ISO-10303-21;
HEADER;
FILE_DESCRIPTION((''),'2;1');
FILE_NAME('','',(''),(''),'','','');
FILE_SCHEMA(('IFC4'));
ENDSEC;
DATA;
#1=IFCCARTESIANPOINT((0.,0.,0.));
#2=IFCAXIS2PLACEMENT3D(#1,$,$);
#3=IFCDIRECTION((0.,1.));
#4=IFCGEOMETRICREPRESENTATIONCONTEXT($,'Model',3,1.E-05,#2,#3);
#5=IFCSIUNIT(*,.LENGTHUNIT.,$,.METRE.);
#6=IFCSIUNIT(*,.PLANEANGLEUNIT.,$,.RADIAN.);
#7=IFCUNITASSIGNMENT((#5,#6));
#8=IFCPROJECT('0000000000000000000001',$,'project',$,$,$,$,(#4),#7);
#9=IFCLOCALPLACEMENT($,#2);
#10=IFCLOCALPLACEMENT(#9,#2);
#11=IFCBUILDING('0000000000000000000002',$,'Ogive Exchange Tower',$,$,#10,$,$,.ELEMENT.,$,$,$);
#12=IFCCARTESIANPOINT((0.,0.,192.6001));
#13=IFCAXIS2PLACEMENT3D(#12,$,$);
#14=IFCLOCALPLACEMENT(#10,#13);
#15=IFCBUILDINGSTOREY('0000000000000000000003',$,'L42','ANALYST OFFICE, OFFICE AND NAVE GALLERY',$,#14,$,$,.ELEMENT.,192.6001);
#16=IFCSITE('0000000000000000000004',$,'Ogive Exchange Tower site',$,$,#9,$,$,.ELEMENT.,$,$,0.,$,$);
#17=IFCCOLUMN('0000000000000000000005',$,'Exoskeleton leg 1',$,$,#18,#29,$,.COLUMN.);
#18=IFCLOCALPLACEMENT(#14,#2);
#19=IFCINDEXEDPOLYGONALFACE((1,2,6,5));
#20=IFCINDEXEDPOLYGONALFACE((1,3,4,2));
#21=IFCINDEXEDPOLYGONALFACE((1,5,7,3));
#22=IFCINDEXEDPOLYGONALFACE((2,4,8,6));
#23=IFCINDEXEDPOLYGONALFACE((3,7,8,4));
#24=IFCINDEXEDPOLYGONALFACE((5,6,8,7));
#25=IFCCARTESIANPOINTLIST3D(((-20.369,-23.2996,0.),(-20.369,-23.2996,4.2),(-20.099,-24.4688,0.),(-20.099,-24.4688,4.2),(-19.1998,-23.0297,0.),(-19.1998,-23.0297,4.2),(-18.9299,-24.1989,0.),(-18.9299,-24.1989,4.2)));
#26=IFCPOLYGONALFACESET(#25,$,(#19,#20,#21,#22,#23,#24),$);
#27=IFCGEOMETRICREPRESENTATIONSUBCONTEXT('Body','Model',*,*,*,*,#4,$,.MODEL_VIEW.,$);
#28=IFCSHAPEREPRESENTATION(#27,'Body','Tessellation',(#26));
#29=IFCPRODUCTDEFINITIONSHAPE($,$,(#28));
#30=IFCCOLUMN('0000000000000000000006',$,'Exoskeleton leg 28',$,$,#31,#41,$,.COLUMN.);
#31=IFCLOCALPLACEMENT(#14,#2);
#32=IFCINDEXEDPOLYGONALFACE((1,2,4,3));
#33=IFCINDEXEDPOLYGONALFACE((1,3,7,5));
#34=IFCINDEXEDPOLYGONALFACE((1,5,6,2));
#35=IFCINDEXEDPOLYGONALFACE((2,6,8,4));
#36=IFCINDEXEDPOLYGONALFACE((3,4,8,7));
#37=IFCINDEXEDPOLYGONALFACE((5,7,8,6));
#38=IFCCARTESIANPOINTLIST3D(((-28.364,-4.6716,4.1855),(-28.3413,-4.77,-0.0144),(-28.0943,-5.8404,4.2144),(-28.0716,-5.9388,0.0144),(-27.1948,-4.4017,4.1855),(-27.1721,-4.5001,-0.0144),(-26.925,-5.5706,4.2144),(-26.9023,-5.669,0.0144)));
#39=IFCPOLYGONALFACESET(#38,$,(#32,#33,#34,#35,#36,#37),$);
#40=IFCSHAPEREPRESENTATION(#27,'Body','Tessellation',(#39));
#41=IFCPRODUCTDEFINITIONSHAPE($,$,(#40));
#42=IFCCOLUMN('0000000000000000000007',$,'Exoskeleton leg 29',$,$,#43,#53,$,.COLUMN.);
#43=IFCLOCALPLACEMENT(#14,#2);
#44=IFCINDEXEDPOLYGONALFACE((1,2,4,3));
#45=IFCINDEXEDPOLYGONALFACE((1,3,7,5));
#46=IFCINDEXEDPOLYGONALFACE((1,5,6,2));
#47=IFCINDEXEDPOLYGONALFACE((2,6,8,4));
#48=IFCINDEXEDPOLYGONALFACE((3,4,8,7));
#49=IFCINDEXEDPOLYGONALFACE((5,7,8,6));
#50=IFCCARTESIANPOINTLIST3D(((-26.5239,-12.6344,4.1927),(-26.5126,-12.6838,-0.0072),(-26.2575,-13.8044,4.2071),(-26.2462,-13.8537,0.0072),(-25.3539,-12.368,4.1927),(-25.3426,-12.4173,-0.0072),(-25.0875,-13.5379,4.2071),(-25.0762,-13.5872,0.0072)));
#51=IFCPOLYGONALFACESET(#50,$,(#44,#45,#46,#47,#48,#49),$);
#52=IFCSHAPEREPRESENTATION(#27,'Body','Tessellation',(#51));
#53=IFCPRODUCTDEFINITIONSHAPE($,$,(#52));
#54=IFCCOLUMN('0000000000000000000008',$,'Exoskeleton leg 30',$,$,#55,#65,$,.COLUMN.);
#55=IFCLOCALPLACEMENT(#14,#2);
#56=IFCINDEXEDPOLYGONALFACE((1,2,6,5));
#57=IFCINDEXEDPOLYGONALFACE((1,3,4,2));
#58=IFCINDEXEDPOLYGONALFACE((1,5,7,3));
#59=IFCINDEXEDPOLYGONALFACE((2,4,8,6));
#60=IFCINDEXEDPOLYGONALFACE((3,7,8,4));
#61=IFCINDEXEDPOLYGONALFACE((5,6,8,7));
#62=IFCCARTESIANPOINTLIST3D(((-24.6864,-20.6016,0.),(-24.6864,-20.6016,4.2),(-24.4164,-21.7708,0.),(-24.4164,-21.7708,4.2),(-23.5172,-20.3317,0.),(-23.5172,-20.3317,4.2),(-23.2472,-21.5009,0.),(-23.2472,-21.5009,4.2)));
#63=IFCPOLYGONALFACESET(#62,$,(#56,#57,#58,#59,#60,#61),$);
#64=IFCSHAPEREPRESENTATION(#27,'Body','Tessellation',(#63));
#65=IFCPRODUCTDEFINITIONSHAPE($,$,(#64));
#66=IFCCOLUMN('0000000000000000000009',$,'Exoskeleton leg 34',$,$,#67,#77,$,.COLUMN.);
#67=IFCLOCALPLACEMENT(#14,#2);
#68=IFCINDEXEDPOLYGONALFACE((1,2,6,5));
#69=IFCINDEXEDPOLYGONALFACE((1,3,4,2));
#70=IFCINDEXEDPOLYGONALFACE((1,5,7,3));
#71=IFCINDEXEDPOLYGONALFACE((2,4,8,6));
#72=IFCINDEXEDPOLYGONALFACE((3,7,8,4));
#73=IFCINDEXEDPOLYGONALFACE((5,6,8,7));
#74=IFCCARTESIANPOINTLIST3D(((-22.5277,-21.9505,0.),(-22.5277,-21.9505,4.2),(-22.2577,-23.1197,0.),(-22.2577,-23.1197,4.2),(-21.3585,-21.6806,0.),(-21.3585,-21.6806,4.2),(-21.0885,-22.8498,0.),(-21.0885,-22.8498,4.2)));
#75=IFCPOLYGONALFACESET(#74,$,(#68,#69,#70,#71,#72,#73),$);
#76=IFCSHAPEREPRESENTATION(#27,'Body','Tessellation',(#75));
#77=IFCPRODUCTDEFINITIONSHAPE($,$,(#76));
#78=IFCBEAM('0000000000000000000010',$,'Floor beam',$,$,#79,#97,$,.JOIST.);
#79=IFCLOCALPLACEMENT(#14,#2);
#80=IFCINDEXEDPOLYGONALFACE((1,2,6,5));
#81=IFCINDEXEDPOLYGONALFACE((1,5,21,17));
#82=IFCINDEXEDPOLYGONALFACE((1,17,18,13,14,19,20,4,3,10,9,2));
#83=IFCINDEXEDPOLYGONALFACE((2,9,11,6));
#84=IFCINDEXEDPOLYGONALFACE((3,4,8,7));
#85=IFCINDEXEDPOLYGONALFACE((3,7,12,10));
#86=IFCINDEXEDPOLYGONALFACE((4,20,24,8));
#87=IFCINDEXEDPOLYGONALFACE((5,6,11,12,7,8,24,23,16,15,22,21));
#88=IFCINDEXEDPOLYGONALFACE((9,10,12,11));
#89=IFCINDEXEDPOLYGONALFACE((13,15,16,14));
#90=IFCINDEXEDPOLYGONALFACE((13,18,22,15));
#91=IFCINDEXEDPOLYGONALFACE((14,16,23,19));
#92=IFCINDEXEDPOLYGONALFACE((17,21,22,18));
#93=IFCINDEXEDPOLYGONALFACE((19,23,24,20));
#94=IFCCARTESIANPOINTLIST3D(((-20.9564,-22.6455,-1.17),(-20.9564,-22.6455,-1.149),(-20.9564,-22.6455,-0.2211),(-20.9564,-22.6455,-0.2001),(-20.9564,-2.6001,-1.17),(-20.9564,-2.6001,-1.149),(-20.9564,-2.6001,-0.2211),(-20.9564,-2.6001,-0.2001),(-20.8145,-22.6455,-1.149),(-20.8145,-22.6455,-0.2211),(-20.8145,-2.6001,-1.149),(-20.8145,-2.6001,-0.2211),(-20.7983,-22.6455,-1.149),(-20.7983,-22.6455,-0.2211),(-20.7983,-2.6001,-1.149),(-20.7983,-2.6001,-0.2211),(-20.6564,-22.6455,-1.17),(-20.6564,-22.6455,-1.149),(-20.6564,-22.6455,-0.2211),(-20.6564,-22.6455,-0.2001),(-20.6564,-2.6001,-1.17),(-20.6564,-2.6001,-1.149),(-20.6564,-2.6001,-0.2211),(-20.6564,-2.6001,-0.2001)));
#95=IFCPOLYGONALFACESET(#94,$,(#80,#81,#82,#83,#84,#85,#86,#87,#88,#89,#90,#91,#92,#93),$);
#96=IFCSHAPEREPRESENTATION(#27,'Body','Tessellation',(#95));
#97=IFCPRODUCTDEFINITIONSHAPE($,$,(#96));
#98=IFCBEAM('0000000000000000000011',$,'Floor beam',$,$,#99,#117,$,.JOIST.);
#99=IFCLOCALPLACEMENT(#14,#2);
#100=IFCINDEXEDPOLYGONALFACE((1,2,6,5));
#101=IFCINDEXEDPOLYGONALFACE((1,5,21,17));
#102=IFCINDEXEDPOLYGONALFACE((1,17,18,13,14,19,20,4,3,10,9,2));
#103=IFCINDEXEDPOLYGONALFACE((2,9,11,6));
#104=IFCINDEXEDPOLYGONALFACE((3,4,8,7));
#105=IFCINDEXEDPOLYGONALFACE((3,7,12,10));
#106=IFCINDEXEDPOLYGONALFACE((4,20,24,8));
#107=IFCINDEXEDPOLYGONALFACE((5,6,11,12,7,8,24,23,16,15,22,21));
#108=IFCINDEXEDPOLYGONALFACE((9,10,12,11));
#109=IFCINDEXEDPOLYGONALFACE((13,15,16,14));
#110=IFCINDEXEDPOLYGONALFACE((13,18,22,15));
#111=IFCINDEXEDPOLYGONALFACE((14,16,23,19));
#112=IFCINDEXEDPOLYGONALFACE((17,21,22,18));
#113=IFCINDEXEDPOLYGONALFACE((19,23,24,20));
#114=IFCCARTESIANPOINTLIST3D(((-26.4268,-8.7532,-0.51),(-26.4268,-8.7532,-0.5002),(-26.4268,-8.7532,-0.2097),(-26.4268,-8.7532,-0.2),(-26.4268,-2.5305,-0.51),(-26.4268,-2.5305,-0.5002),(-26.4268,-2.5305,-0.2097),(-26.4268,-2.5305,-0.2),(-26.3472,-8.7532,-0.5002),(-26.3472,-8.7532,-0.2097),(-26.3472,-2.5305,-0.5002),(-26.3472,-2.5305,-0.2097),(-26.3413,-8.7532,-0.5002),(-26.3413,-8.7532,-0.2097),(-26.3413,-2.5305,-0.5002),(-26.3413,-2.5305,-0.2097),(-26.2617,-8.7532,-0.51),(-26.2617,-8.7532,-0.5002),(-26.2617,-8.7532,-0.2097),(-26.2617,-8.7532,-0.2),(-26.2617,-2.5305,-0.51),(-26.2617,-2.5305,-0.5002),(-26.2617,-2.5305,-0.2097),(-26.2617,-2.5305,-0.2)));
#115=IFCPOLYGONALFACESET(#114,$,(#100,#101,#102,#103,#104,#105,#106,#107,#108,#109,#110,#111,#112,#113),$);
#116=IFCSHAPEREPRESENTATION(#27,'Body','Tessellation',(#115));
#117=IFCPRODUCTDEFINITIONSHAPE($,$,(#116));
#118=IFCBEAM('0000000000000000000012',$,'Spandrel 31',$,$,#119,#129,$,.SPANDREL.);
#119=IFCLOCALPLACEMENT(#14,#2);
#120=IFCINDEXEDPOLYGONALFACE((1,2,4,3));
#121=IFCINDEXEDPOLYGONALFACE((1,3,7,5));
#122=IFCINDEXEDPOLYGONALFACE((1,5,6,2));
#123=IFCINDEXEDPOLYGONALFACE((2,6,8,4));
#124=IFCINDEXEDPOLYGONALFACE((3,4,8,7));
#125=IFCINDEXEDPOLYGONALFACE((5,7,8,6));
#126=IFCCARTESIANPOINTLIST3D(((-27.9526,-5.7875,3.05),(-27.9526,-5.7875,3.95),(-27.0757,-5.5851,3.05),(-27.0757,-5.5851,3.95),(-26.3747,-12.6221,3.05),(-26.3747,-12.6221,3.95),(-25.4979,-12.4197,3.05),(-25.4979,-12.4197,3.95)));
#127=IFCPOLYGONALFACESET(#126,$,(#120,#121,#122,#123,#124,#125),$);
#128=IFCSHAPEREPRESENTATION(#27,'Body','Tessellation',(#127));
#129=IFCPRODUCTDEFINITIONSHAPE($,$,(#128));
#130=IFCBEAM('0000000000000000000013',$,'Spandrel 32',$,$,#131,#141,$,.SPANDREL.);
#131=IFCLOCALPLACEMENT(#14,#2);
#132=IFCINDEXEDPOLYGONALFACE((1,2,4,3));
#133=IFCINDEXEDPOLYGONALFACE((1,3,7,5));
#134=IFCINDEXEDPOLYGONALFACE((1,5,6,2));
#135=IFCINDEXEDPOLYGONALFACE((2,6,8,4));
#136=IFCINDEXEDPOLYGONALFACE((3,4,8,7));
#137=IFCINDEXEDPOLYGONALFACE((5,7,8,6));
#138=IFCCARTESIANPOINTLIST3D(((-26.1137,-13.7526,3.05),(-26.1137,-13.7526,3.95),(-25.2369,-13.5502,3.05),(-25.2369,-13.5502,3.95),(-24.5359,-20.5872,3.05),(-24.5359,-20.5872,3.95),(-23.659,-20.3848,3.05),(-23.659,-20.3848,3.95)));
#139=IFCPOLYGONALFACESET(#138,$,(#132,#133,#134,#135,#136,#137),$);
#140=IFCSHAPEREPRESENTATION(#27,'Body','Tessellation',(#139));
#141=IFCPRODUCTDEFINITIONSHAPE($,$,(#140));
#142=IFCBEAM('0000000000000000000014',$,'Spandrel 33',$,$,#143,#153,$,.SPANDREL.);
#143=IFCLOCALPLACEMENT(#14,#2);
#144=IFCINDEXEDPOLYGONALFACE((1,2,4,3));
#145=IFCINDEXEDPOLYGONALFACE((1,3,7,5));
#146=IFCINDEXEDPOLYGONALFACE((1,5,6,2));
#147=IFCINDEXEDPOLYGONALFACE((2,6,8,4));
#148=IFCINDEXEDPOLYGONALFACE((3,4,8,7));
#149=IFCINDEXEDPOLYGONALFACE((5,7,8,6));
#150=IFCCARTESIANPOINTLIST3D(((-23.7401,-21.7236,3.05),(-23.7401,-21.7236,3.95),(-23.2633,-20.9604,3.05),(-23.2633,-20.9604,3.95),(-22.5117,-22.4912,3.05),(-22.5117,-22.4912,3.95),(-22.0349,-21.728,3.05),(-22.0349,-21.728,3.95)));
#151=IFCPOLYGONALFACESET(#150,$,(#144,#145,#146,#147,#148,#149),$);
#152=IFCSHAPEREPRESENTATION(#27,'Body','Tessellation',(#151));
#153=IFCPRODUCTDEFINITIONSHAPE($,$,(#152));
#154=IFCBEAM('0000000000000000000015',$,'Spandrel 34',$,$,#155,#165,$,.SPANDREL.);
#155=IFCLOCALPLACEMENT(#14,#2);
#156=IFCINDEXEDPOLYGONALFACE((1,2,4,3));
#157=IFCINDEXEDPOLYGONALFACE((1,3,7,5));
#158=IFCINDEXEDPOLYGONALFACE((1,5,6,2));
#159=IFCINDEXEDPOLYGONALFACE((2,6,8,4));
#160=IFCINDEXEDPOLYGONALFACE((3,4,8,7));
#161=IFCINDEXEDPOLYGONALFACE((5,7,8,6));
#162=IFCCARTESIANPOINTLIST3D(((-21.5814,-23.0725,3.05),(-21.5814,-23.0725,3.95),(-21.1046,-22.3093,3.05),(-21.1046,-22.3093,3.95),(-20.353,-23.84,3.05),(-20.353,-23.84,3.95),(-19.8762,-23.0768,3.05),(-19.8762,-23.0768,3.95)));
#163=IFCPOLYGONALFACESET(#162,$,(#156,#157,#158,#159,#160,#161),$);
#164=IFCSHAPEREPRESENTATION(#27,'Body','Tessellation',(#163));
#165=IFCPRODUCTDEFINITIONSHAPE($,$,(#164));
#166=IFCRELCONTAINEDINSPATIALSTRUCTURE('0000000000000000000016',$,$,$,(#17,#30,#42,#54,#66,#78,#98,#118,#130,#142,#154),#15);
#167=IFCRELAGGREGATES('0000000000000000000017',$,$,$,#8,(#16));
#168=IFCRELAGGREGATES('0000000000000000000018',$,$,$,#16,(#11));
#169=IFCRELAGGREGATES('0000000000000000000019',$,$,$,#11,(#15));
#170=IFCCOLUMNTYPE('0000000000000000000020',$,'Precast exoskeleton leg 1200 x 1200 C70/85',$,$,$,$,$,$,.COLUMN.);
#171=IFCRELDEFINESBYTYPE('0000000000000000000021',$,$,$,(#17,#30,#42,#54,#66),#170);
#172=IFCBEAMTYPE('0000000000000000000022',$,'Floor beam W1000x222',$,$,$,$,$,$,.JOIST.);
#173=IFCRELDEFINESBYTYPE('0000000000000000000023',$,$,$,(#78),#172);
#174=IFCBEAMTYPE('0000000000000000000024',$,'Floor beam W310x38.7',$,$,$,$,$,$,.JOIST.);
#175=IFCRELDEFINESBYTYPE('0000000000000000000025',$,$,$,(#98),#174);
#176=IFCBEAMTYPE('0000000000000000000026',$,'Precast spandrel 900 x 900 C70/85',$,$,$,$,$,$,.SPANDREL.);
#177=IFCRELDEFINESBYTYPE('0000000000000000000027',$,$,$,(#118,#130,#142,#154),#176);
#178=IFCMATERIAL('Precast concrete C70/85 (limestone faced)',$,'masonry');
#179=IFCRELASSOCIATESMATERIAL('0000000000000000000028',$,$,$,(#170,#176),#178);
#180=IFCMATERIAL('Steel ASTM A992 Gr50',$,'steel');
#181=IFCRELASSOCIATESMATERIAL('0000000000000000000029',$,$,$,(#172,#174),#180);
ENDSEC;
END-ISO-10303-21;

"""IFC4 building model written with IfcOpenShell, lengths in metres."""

from ifc_helpers import new_model, si_unit, direction, frame, origin, origin_2d, place, context, subcontext, project, spatial, rectangle, i_section, extrude, material, material_profile, profile_set, type_object, element, save


model = new_model("IFC4")

# Units and contexts
model_context = context("Model", 3, precision=1e-05, world=origin(), true_north=direction((0.0, 1.0)))
body_context = subcontext(model_context, "Body", "Model", "MODEL_VIEW")
ifc_project = project(units=[si_unit("LENGTHUNIT", "METRE"), si_unit("PLANEANGLEUNIT", "RADIAN")], contexts=[model_context])

# Site, building, storey
site_placement = place(None, origin())
site = spatial("IfcSite", under=ifc_project, at=site_placement, Name="Ogive Exchange Tower site", CompositionType="ELEMENT", RefElevation=0.0)
building_placement = place(site_placement, origin())
building = spatial("IfcBuilding", under=site, at=building_placement, Name="Ogive Exchange Tower", CompositionType="ELEMENT")
storey_placement = place(building_placement, frame((0.0, 0.0, 192.6001)))
storey = spatial("IfcBuildingStorey", under=building, at=storey_placement, Name="L42", Description="ANALYST OFFICE, OFFICE AND NAVE GALLERY", CompositionType="ELEMENT", Elevation=192.6001)

# Columns
ifc_material_1 = material(Name="Precast concrete C70/85 (limestone faced)", Category="masonry")
ifc_material_profile_1 = material_profile(ifc_material_1, rectangle(XDim=1.2, YDim=1.2, at=origin_2d()), Name="1200 x 1200")
ifc_profile_set_1 = profile_set([ifc_material_profile_1], Name="Precast concrete C70/85 (limestone faced)")
column_type = type_object("IfcColumnType", Name="Precast exoskeleton leg 1200 x 1200 C70/85", PredefinedType="COLUMN", material=ifc_profile_set_1)
column_1_placement = place(storey_placement, frame((-19.6494, -23.7493, 0.0), z_axis=(0.0, 0.0, 1.0), x_axis=(0.97437, 0.224951, 0.0)))
element("IfcColumn", 1, at=column_1_placement, inside=storey, type_object=column_type, Name="Exoskeleton leg 1", PredefinedType="COLUMN", context=body_context, shape_type="SweptSolid", body=[
    extrude(rectangle(XDim=1.2, YDim=1.2, at=origin_2d()), origin(), (0.0, 0.0, 1.0), 4.2),
])
column_2_placement = place(storey_placement, frame((-27.6218, -5.2195, 0.0), z_axis=(-0.005404, 0.023419, 0.999711), x_axis=(-0.974391, -0.22486, 0.0)))
element("IfcColumn", 2, at=column_2_placement, inside=storey, type_object=column_type, Name="Exoskeleton leg 28", PredefinedType="COLUMN", context=body_context, shape_type="SweptSolid", body=[
    extrude(rectangle(XDim=1.2, YDim=1.2, at=origin_2d()), origin(), (0.0, 0.0, 1.0), 4.2012),
])
column_3_placement = place(storey_placement, frame((-25.7944, -13.1355, 0.0), z_axis=(-0.002674, 0.011741, 0.999927), x_axis=(-0.975038, -0.222038, 0.0)))
element("IfcColumn", 3, at=column_3_placement, inside=storey, type_object=column_type, Name="Exoskeleton leg 29", PredefinedType="COLUMN", context=body_context, shape_type="SweptSolid", body=[
    extrude(rectangle(XDim=1.2, YDim=1.2, at=origin_2d()), origin(), (0.0, 0.0, 1.0), 4.2002),
])
for number, where, z_axis, x_axis, name in (
    (4, (-23.9668, -21.0513, 0.0), (0.0, 0.0, 1.0), (0.97437, 0.224951, 0.0), "Exoskeleton leg 30"),
    (5, (-21.8081, -22.4001, 0.0), (0.0, 0.0, 1.0), (0.97437, 0.224951, 0.0), "Exoskeleton leg 34"),
):
    element("IfcColumn", number, at=place(storey_placement, frame(where, z_axis=z_axis, x_axis=x_axis)), inside=storey, type_object=column_type, Name=name, PredefinedType="COLUMN", context=body_context, shape_type="SweptSolid", body=[
        extrude(rectangle(XDim=1.2, YDim=1.2, at=origin_2d()), origin(), (0.0, 0.0, 1.0), 4.2),
    ])

# Beams
ifc_material_2 = material(Name="Steel ASTM A992 Gr50", Category="steel")
ifc_material_profile_2 = material_profile(ifc_material_2, i_section(OverallWidth=0.3, OverallDepth=0.97, WebThickness=0.0161, FlangeThickness=0.021, at=origin_2d()), Name="W1000x222")
ifc_profile_set_2 = profile_set([ifc_material_profile_2], Name="Steel ASTM A992 Gr50")
beam_type_1 = type_object("IfcBeamType", Name="Floor beam W1000x222", PredefinedType="JOIST", material=ifc_profile_set_2)
beam_1_placement = place(storey_placement, frame((-20.8064, -22.6455, -0.6851), z_axis=(0.0, 1.0, 0.0), x_axis=(-1.0, 0.0, 0.0)))
element("IfcBeam", 6, at=beam_1_placement, inside=storey, type_object=beam_type_1, Name="Floor beam", PredefinedType="JOIST", context=body_context, shape_type="SweptSolid", body=[
    extrude(i_section(OverallWidth=0.3, OverallDepth=0.97, WebThickness=0.0161, FlangeThickness=0.021, at=origin_2d()), origin(), (0.0, 0.0, 1.0), 20.0454),
])
ifc_material_profile_3 = material_profile(ifc_material_2, i_section(OverallWidth=0.165, OverallDepth=0.3101, WebThickness=0.0059, FlangeThickness=0.0098, at=origin_2d()), Name="W310x38.7")
ifc_profile_set_3 = profile_set([ifc_material_profile_3], Name="Steel ASTM A992 Gr50")
beam_type_2 = type_object("IfcBeamType", Name="Floor beam W310x38.7", PredefinedType="JOIST", material=ifc_profile_set_3)
beam_2_placement = place(storey_placement, frame((-26.3442, -8.7532, -0.355), z_axis=(0.0, 1.0, 0.0), x_axis=(-1.0, 0.0, 0.0)))
element("IfcBeam", 7, at=beam_2_placement, inside=storey, type_object=beam_type_2, Name="Floor beam", PredefinedType="JOIST", context=body_context, shape_type="SweptSolid", body=[
    extrude(i_section(OverallWidth=0.165, OverallDepth=0.3101, WebThickness=0.0059, FlangeThickness=0.0098, at=origin_2d()), origin(), (0.0, 0.0, 1.0), 6.2227),
])
ifc_material_profile_4 = material_profile(ifc_material_1, rectangle(XDim=0.8999, YDim=0.8999, at=origin_2d()), Name="900 x 900")
ifc_profile_set_4 = profile_set([ifc_material_profile_4], Name="Precast concrete C70/85 (limestone faced)")
beam_type_3 = type_object("IfcBeamType", Name="Precast spandrel 900 x 900 C70/85", PredefinedType="SPANDREL", material=ifc_profile_set_4)
for number, where, z_axis, x_axis, name in (
    (8, (-27.5142, -5.6863, 3.5), (0.224946, -0.974371, 0.0), (0.974371, 0.224946, 0.0), "Spandrel 31"),
    (9, (-25.6753, -13.6514, 3.5), (0.224946, -0.974371, 0.0), (0.974371, 0.224946, 0.0), "Spandrel 32"),
):
    element("IfcBeam", number, at=place(storey_placement, frame(where, z_axis=z_axis, x_axis=x_axis)), inside=storey, type_object=beam_type_3, Name=name, PredefinedType="SPANDREL", context=body_context, shape_type="SweptSolid", body=[
        extrude(rectangle(XDim=0.8999, YDim=0.8999, at=origin_2d()), origin(), (0.0, 0.0, 1.0), 7.0144),
    ])
for number, where, z_axis, x_axis, name in (
    (10, (-23.5017, -21.342, 3.5), (0.848074, -0.529878, 0.0), (0.529878, 0.848074, 0.0), "Spandrel 33"),
    (11, (-21.343, -22.6909, 3.5), (0.848074, -0.529878, 0.0), (0.529878, 0.848074, 0.0), "Spandrel 34"),
):
    element("IfcBeam", number, at=place(storey_placement, frame(where, z_axis=z_axis, x_axis=x_axis)), inside=storey, type_object=beam_type_3, Name=name, PredefinedType="SPANDREL", context=body_context, shape_type="SweptSolid", body=[
        extrude(rectangle(XDim=0.8999, YDim=0.8999, at=origin_2d()), origin(), (0.0, 0.0, 1.0), 1.4485),
    ])

save(model, "model.ifc")
